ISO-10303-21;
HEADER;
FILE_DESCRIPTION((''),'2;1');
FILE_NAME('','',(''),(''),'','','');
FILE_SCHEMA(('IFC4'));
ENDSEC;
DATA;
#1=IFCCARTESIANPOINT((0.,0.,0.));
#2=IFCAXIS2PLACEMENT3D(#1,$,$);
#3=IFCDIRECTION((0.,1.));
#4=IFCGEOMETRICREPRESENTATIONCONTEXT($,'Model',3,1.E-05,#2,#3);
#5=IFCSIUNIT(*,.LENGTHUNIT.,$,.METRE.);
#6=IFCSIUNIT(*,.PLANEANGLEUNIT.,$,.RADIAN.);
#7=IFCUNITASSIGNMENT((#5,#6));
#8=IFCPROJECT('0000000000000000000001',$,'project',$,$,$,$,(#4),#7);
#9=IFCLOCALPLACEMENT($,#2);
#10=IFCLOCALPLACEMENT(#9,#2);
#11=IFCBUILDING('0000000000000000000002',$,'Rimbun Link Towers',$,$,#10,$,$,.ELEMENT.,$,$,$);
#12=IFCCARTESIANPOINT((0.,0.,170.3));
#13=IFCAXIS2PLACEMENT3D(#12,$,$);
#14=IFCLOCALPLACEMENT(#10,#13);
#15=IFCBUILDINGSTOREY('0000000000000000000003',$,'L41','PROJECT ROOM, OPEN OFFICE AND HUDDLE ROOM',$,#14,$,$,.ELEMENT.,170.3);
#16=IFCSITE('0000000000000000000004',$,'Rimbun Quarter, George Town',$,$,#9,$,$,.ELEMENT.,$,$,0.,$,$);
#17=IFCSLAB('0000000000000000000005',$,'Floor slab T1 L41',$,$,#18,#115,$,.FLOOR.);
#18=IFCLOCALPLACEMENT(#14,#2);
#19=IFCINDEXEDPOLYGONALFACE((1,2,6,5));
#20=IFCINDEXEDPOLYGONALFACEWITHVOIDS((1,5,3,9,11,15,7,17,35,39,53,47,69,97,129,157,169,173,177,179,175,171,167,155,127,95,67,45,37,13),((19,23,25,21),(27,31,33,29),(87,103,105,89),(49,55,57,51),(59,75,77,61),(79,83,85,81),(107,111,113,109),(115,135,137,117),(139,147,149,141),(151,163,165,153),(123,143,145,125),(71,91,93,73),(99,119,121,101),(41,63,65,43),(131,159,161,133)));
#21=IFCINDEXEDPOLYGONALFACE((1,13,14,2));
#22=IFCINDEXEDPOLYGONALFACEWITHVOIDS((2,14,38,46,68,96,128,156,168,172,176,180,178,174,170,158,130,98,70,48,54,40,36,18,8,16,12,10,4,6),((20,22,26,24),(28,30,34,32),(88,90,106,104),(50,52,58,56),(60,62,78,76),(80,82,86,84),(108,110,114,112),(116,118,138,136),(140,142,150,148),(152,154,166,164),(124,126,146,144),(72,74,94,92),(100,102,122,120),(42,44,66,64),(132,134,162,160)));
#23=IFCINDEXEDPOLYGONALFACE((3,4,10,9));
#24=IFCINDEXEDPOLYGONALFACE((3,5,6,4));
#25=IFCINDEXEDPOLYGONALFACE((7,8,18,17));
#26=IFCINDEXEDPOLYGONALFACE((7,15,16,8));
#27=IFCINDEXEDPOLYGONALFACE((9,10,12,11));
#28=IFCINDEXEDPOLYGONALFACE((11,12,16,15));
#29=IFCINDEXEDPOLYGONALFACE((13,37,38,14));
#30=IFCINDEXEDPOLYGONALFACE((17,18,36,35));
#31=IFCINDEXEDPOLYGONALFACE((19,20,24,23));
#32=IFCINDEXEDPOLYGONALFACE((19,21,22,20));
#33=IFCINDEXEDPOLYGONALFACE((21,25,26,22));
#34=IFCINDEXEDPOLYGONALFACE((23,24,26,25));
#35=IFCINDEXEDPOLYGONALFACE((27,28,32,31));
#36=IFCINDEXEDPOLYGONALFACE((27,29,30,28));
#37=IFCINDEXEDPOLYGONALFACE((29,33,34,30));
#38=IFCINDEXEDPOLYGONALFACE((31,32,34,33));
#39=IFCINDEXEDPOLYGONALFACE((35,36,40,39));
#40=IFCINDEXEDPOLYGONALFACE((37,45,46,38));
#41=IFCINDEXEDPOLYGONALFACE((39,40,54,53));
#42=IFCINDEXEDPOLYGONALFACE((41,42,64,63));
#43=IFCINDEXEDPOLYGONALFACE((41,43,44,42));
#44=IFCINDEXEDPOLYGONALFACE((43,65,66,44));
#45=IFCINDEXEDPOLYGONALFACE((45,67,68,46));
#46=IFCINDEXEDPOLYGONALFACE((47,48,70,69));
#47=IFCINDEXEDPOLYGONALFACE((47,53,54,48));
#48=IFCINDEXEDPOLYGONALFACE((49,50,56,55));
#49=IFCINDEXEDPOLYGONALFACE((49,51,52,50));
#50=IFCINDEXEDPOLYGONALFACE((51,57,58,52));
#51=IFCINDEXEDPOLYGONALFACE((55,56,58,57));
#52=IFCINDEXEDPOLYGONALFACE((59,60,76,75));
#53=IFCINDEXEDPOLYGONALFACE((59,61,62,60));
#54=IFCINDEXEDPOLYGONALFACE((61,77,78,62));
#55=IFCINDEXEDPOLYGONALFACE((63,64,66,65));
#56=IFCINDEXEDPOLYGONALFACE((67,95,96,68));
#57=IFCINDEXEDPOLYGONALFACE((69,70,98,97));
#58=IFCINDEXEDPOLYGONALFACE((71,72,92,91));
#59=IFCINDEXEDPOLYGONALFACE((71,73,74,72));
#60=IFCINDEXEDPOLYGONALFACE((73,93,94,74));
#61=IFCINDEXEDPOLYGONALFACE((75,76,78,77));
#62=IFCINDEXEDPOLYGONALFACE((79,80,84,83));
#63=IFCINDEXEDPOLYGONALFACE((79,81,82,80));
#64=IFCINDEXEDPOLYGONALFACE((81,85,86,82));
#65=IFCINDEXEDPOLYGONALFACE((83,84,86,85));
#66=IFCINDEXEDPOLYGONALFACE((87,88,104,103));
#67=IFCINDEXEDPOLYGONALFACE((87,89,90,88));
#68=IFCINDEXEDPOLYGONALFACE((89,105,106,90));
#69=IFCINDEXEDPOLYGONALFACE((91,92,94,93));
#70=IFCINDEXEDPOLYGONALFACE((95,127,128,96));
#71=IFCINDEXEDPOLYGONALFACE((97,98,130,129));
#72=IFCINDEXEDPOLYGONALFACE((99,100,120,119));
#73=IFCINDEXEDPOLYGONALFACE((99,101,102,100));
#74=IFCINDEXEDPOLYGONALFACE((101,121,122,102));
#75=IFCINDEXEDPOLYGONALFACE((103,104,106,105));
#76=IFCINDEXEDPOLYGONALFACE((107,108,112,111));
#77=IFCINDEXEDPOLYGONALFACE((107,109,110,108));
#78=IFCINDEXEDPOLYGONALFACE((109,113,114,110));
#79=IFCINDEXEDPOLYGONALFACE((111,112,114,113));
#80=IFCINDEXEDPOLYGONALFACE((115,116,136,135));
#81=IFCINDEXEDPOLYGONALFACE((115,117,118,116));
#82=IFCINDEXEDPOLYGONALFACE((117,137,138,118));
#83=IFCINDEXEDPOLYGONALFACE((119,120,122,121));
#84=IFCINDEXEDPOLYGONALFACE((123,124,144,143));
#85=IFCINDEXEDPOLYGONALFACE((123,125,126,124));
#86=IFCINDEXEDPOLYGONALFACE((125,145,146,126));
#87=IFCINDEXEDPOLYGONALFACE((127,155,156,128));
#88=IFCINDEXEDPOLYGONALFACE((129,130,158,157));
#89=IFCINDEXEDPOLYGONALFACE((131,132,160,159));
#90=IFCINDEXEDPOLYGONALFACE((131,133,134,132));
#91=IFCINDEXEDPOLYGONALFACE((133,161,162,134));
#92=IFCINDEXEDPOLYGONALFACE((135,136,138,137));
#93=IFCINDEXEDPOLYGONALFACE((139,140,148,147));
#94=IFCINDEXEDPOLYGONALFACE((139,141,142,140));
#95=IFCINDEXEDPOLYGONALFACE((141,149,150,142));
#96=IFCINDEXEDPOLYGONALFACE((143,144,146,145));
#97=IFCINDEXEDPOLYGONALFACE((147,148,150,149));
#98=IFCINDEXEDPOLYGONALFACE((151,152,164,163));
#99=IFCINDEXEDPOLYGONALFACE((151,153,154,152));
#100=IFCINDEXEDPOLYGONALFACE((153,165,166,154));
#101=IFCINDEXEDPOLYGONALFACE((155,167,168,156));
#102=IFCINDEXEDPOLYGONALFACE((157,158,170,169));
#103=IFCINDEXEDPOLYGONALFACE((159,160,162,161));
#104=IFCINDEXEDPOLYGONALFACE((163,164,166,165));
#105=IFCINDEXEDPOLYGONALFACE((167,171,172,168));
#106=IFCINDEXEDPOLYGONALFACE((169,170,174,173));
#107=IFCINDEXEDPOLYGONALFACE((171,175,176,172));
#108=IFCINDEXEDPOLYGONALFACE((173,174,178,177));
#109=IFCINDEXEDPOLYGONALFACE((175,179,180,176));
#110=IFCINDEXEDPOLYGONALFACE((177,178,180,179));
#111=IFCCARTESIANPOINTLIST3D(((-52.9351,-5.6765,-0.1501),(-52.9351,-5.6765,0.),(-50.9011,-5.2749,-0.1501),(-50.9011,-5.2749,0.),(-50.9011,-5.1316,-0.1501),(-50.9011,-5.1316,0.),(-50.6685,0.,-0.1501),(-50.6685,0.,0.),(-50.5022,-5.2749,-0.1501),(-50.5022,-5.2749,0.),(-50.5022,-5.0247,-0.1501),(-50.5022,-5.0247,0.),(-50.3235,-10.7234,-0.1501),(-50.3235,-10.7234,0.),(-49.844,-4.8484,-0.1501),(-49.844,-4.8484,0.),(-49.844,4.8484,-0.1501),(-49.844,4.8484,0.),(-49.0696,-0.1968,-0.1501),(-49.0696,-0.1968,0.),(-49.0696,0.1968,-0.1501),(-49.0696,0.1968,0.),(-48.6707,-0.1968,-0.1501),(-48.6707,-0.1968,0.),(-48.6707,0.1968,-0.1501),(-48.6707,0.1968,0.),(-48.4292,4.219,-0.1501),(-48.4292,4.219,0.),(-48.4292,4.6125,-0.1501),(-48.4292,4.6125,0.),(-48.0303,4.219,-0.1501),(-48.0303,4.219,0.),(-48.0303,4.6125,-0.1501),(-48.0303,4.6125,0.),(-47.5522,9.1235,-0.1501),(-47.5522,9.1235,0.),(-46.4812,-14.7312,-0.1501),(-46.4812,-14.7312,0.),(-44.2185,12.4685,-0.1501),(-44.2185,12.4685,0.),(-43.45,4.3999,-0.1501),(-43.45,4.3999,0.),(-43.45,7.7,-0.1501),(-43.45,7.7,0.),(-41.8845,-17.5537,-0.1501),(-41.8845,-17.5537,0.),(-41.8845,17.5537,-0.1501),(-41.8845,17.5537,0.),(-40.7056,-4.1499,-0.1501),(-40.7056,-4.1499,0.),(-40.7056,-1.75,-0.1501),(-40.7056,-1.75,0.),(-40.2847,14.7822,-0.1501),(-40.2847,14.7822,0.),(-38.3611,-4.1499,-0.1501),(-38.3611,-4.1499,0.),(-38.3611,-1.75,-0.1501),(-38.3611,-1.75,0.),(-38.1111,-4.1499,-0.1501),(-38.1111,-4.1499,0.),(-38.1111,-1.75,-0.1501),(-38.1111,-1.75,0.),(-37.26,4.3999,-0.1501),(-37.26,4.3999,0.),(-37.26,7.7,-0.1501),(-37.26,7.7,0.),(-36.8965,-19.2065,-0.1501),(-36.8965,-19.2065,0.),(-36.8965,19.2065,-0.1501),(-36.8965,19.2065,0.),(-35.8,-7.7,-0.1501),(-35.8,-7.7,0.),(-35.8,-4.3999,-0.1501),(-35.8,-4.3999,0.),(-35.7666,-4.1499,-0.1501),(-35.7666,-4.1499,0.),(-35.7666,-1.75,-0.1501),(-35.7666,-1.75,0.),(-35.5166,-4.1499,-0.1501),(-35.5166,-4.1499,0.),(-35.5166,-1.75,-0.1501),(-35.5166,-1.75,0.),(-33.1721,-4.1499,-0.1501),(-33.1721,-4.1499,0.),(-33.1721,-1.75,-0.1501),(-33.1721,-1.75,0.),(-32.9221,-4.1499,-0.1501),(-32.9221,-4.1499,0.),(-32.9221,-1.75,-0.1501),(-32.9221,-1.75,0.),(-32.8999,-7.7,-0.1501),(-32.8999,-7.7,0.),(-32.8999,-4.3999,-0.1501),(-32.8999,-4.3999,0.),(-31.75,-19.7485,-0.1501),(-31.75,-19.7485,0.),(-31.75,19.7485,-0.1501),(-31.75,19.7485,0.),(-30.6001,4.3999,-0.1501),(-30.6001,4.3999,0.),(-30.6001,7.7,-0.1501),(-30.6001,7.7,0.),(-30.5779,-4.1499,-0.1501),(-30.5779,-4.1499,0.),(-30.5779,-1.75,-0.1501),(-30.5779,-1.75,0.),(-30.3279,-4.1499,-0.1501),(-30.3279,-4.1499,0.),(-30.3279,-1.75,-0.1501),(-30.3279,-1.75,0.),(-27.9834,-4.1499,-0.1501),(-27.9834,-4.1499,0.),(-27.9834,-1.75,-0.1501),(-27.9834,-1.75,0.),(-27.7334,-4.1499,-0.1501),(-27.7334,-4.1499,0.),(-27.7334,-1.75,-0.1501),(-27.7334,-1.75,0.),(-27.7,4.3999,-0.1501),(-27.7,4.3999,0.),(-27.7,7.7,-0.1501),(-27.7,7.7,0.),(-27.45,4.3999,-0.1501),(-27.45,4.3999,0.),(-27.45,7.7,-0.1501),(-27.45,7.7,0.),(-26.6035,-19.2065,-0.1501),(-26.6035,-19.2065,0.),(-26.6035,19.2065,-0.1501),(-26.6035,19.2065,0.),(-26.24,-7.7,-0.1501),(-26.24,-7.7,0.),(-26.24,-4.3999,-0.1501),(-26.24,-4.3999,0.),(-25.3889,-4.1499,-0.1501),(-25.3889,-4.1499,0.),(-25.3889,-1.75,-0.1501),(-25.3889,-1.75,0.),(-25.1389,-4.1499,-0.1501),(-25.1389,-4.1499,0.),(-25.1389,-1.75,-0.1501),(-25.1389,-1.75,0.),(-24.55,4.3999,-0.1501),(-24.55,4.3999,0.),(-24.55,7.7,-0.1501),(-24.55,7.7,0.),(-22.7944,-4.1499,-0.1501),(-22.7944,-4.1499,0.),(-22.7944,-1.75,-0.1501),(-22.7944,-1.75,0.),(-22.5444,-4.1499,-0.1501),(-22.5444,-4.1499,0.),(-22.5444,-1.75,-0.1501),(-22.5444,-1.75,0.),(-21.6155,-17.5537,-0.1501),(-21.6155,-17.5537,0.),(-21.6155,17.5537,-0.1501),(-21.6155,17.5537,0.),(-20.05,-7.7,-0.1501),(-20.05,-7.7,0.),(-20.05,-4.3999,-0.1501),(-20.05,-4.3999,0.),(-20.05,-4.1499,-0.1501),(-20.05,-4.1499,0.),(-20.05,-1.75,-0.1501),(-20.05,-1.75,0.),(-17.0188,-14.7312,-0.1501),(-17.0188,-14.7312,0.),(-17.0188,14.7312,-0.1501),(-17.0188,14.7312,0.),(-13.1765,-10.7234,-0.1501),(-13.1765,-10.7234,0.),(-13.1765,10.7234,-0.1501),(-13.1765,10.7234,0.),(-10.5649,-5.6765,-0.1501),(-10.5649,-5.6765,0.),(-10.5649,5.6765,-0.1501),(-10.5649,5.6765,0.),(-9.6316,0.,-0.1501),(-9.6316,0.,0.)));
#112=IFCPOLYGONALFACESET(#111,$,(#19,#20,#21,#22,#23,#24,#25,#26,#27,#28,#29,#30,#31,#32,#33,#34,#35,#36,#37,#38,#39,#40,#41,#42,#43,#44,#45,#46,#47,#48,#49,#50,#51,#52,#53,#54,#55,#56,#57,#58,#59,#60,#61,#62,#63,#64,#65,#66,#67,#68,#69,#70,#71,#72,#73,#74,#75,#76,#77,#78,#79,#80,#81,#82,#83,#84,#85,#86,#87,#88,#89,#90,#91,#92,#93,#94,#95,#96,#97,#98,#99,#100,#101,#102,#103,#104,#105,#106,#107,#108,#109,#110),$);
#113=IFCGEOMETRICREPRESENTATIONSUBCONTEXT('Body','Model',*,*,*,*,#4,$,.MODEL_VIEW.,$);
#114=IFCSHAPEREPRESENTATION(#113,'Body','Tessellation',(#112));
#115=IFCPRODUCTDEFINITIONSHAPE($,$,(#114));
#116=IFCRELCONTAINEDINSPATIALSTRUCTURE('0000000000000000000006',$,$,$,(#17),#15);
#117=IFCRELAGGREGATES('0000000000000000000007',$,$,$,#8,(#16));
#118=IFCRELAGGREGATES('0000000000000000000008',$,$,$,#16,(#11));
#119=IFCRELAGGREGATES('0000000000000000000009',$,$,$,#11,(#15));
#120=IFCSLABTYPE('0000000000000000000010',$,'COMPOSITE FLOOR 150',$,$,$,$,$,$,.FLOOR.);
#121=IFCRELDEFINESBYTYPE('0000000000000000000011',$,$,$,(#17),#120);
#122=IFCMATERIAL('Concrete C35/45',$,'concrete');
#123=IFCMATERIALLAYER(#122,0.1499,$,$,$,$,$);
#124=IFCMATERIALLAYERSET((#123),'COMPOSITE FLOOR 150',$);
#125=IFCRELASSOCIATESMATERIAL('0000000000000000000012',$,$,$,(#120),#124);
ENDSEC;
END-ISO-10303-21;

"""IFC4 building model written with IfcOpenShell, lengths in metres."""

from ifc_helpers import new_model, si_unit, direction, frame, origin, place, context, subcontext, project, spatial, polyline, outline, extrude, material, layer, layer_set, type_object, element, save


model = new_model("IFC4")

# Units and contexts
model_context = context("Model", 3, precision=1e-05, world=origin(), true_north=direction((0.0, 1.0)))
body_context = subcontext(model_context, "Body", "Model", "MODEL_VIEW")
ifc_project = project(units=[si_unit("LENGTHUNIT", "METRE"), si_unit("PLANEANGLEUNIT", "RADIAN")], contexts=[model_context])

# Site, building, storey
site_placement = place(None, origin())
site = spatial("IfcSite", under=ifc_project, at=site_placement, Name="Rimbun Quarter, George Town", CompositionType="ELEMENT", RefElevation=0.0)
building_placement = place(site_placement, origin())
building = spatial("IfcBuilding", under=site, at=building_placement, Name="Rimbun Link Towers", CompositionType="ELEMENT")
storey_placement = place(building_placement, frame((0.0, 0.0, 170.3)))
storey = spatial("IfcBuildingStorey", under=building, at=storey_placement, Name="L41", Description="PROJECT ROOM, OPEN OFFICE AND HUDDLE ROOM", CompositionType="ELEMENT", Elevation=170.3)

# Slab
ifc_material_1 = material(Name="Concrete C35/45", Category="concrete")
ifc_layer_1 = layer(ifc_material_1, 0.1499)
ifc_layer_set_1 = layer_set([ifc_layer_1], Name="COMPOSITE FLOOR 150")
slab_type_1 = type_object("IfcSlabType", Name="COMPOSITE FLOOR 150", PredefinedType="FLOOR", material=ifc_layer_set_1)
slab_1_placement = place(storey_placement, frame((0.0, 0.0, -0.1501)))
element("IfcSlab", 1, at=slab_1_placement, inside=storey, type_object=slab_type_1, Name="Floor slab T1 L41", PredefinedType="FLOOR", context=body_context, shape_type="SweptSolid", body=[
    extrude(outline(polyline([(-49.844, -4.8484), (-50.6685, 0.0), (-49.844, 4.8484), (-47.5522, 9.1235), (-44.2185, 12.4685), (-40.2847, 14.7822), (-41.8845, 17.5537), (-36.8965, 19.2065), (-31.75, 19.7485), (-26.6035, 19.2065), (-21.6155, 17.5537), (-17.0188, 14.7312), (-13.1765, 10.7234), (-10.5649, 5.6765), (-9.6316, 0.0), (-10.5649, -5.6765), (-13.1765, -10.7234), (-17.0188, -14.7312), (-21.6155, -17.5537), (-26.6035, -19.2065), (-31.75, -19.7485), (-36.8965, -19.2065), (-41.8845, -17.5537), (-46.4812, -14.7312), (-50.3235, -10.7234), (-52.9351, -5.6765), (-50.9011, -5.1316), (-50.9011, -5.2749), (-50.5022, -5.2749), (-50.5022, -5.0247), (-49.844, -4.8484)]), holes=[polyline([(-32.8999, -7.7), (-32.8999, -4.3999), (-35.8, -4.3999), (-35.8, -7.7), (-32.8999, -7.7)]), polyline([(-38.3611, -4.1499), (-38.3611, -1.75), (-40.7056, -1.75), (-40.7056, -4.1499), (-38.3611, -4.1499)]), polyline([(-35.7666, -4.1499), (-35.7666, -1.75), (-38.1111, -1.75), (-38.1111, -4.1499), (-35.7666, -4.1499)]), polyline([(-33.1721, -4.1499), (-33.1721, -1.75), (-35.5166, -1.75), (-35.5166, -4.1499), (-33.1721, -4.1499)]), polyline([(-48.6707, -0.1968), (-48.6707, 0.1968), (-49.0696, 0.1968), (-49.0696, -0.1968), (-48.6707, -0.1968)]), polyline([(-48.0303, 4.219), (-48.0303, 4.6125), (-48.4292, 4.6125), (-48.4292, 4.219), (-48.0303, 4.219)]), polyline([(-37.26, 4.3999), (-37.26, 7.7), (-43.45, 7.7), (-43.45, 4.3999), (-37.26, 4.3999)]), polyline([(-20.05, -7.7), (-20.05, -4.3999), (-26.24, -4.3999), (-26.24, -7.7), (-20.05, -7.7)]), polyline([(-30.5779, -4.1499), (-30.5779, -1.75), (-32.9221, -1.75), (-32.9221, -4.1499), (-30.5779, -4.1499)]), polyline([(-27.9834, -4.1499), (-27.9834, -1.75), (-30.3279, -1.75), (-30.3279, -4.1499), (-27.9834, -4.1499)]), polyline([(-25.3889, -4.1499), (-25.3889, -1.75), (-27.7334, -1.75), (-27.7334, -4.1499), (-25.3889, -4.1499)]), polyline([(-22.7944, -4.1499), (-22.7944, -1.75), (-25.1389, -1.75), (-25.1389, -4.1499), (-22.7944, -4.1499)]), polyline([(-20.05, -4.1499), (-20.05, -1.75), (-22.5444, -1.75), (-22.5444, -4.1499), (-20.05, -4.1499)]), polyline([(-27.7, 4.3999), (-27.7, 7.7), (-30.6001, 7.7), (-30.6001, 4.3999), (-27.7, 4.3999)]), polyline([(-24.55, 4.3999), (-24.55, 7.7), (-27.45, 7.7), (-27.45, 4.3999), (-24.55, 4.3999)])]), origin(), (0.0, 0.0, 1.0), 0.1501),
])

save(model, "model.ifc")
